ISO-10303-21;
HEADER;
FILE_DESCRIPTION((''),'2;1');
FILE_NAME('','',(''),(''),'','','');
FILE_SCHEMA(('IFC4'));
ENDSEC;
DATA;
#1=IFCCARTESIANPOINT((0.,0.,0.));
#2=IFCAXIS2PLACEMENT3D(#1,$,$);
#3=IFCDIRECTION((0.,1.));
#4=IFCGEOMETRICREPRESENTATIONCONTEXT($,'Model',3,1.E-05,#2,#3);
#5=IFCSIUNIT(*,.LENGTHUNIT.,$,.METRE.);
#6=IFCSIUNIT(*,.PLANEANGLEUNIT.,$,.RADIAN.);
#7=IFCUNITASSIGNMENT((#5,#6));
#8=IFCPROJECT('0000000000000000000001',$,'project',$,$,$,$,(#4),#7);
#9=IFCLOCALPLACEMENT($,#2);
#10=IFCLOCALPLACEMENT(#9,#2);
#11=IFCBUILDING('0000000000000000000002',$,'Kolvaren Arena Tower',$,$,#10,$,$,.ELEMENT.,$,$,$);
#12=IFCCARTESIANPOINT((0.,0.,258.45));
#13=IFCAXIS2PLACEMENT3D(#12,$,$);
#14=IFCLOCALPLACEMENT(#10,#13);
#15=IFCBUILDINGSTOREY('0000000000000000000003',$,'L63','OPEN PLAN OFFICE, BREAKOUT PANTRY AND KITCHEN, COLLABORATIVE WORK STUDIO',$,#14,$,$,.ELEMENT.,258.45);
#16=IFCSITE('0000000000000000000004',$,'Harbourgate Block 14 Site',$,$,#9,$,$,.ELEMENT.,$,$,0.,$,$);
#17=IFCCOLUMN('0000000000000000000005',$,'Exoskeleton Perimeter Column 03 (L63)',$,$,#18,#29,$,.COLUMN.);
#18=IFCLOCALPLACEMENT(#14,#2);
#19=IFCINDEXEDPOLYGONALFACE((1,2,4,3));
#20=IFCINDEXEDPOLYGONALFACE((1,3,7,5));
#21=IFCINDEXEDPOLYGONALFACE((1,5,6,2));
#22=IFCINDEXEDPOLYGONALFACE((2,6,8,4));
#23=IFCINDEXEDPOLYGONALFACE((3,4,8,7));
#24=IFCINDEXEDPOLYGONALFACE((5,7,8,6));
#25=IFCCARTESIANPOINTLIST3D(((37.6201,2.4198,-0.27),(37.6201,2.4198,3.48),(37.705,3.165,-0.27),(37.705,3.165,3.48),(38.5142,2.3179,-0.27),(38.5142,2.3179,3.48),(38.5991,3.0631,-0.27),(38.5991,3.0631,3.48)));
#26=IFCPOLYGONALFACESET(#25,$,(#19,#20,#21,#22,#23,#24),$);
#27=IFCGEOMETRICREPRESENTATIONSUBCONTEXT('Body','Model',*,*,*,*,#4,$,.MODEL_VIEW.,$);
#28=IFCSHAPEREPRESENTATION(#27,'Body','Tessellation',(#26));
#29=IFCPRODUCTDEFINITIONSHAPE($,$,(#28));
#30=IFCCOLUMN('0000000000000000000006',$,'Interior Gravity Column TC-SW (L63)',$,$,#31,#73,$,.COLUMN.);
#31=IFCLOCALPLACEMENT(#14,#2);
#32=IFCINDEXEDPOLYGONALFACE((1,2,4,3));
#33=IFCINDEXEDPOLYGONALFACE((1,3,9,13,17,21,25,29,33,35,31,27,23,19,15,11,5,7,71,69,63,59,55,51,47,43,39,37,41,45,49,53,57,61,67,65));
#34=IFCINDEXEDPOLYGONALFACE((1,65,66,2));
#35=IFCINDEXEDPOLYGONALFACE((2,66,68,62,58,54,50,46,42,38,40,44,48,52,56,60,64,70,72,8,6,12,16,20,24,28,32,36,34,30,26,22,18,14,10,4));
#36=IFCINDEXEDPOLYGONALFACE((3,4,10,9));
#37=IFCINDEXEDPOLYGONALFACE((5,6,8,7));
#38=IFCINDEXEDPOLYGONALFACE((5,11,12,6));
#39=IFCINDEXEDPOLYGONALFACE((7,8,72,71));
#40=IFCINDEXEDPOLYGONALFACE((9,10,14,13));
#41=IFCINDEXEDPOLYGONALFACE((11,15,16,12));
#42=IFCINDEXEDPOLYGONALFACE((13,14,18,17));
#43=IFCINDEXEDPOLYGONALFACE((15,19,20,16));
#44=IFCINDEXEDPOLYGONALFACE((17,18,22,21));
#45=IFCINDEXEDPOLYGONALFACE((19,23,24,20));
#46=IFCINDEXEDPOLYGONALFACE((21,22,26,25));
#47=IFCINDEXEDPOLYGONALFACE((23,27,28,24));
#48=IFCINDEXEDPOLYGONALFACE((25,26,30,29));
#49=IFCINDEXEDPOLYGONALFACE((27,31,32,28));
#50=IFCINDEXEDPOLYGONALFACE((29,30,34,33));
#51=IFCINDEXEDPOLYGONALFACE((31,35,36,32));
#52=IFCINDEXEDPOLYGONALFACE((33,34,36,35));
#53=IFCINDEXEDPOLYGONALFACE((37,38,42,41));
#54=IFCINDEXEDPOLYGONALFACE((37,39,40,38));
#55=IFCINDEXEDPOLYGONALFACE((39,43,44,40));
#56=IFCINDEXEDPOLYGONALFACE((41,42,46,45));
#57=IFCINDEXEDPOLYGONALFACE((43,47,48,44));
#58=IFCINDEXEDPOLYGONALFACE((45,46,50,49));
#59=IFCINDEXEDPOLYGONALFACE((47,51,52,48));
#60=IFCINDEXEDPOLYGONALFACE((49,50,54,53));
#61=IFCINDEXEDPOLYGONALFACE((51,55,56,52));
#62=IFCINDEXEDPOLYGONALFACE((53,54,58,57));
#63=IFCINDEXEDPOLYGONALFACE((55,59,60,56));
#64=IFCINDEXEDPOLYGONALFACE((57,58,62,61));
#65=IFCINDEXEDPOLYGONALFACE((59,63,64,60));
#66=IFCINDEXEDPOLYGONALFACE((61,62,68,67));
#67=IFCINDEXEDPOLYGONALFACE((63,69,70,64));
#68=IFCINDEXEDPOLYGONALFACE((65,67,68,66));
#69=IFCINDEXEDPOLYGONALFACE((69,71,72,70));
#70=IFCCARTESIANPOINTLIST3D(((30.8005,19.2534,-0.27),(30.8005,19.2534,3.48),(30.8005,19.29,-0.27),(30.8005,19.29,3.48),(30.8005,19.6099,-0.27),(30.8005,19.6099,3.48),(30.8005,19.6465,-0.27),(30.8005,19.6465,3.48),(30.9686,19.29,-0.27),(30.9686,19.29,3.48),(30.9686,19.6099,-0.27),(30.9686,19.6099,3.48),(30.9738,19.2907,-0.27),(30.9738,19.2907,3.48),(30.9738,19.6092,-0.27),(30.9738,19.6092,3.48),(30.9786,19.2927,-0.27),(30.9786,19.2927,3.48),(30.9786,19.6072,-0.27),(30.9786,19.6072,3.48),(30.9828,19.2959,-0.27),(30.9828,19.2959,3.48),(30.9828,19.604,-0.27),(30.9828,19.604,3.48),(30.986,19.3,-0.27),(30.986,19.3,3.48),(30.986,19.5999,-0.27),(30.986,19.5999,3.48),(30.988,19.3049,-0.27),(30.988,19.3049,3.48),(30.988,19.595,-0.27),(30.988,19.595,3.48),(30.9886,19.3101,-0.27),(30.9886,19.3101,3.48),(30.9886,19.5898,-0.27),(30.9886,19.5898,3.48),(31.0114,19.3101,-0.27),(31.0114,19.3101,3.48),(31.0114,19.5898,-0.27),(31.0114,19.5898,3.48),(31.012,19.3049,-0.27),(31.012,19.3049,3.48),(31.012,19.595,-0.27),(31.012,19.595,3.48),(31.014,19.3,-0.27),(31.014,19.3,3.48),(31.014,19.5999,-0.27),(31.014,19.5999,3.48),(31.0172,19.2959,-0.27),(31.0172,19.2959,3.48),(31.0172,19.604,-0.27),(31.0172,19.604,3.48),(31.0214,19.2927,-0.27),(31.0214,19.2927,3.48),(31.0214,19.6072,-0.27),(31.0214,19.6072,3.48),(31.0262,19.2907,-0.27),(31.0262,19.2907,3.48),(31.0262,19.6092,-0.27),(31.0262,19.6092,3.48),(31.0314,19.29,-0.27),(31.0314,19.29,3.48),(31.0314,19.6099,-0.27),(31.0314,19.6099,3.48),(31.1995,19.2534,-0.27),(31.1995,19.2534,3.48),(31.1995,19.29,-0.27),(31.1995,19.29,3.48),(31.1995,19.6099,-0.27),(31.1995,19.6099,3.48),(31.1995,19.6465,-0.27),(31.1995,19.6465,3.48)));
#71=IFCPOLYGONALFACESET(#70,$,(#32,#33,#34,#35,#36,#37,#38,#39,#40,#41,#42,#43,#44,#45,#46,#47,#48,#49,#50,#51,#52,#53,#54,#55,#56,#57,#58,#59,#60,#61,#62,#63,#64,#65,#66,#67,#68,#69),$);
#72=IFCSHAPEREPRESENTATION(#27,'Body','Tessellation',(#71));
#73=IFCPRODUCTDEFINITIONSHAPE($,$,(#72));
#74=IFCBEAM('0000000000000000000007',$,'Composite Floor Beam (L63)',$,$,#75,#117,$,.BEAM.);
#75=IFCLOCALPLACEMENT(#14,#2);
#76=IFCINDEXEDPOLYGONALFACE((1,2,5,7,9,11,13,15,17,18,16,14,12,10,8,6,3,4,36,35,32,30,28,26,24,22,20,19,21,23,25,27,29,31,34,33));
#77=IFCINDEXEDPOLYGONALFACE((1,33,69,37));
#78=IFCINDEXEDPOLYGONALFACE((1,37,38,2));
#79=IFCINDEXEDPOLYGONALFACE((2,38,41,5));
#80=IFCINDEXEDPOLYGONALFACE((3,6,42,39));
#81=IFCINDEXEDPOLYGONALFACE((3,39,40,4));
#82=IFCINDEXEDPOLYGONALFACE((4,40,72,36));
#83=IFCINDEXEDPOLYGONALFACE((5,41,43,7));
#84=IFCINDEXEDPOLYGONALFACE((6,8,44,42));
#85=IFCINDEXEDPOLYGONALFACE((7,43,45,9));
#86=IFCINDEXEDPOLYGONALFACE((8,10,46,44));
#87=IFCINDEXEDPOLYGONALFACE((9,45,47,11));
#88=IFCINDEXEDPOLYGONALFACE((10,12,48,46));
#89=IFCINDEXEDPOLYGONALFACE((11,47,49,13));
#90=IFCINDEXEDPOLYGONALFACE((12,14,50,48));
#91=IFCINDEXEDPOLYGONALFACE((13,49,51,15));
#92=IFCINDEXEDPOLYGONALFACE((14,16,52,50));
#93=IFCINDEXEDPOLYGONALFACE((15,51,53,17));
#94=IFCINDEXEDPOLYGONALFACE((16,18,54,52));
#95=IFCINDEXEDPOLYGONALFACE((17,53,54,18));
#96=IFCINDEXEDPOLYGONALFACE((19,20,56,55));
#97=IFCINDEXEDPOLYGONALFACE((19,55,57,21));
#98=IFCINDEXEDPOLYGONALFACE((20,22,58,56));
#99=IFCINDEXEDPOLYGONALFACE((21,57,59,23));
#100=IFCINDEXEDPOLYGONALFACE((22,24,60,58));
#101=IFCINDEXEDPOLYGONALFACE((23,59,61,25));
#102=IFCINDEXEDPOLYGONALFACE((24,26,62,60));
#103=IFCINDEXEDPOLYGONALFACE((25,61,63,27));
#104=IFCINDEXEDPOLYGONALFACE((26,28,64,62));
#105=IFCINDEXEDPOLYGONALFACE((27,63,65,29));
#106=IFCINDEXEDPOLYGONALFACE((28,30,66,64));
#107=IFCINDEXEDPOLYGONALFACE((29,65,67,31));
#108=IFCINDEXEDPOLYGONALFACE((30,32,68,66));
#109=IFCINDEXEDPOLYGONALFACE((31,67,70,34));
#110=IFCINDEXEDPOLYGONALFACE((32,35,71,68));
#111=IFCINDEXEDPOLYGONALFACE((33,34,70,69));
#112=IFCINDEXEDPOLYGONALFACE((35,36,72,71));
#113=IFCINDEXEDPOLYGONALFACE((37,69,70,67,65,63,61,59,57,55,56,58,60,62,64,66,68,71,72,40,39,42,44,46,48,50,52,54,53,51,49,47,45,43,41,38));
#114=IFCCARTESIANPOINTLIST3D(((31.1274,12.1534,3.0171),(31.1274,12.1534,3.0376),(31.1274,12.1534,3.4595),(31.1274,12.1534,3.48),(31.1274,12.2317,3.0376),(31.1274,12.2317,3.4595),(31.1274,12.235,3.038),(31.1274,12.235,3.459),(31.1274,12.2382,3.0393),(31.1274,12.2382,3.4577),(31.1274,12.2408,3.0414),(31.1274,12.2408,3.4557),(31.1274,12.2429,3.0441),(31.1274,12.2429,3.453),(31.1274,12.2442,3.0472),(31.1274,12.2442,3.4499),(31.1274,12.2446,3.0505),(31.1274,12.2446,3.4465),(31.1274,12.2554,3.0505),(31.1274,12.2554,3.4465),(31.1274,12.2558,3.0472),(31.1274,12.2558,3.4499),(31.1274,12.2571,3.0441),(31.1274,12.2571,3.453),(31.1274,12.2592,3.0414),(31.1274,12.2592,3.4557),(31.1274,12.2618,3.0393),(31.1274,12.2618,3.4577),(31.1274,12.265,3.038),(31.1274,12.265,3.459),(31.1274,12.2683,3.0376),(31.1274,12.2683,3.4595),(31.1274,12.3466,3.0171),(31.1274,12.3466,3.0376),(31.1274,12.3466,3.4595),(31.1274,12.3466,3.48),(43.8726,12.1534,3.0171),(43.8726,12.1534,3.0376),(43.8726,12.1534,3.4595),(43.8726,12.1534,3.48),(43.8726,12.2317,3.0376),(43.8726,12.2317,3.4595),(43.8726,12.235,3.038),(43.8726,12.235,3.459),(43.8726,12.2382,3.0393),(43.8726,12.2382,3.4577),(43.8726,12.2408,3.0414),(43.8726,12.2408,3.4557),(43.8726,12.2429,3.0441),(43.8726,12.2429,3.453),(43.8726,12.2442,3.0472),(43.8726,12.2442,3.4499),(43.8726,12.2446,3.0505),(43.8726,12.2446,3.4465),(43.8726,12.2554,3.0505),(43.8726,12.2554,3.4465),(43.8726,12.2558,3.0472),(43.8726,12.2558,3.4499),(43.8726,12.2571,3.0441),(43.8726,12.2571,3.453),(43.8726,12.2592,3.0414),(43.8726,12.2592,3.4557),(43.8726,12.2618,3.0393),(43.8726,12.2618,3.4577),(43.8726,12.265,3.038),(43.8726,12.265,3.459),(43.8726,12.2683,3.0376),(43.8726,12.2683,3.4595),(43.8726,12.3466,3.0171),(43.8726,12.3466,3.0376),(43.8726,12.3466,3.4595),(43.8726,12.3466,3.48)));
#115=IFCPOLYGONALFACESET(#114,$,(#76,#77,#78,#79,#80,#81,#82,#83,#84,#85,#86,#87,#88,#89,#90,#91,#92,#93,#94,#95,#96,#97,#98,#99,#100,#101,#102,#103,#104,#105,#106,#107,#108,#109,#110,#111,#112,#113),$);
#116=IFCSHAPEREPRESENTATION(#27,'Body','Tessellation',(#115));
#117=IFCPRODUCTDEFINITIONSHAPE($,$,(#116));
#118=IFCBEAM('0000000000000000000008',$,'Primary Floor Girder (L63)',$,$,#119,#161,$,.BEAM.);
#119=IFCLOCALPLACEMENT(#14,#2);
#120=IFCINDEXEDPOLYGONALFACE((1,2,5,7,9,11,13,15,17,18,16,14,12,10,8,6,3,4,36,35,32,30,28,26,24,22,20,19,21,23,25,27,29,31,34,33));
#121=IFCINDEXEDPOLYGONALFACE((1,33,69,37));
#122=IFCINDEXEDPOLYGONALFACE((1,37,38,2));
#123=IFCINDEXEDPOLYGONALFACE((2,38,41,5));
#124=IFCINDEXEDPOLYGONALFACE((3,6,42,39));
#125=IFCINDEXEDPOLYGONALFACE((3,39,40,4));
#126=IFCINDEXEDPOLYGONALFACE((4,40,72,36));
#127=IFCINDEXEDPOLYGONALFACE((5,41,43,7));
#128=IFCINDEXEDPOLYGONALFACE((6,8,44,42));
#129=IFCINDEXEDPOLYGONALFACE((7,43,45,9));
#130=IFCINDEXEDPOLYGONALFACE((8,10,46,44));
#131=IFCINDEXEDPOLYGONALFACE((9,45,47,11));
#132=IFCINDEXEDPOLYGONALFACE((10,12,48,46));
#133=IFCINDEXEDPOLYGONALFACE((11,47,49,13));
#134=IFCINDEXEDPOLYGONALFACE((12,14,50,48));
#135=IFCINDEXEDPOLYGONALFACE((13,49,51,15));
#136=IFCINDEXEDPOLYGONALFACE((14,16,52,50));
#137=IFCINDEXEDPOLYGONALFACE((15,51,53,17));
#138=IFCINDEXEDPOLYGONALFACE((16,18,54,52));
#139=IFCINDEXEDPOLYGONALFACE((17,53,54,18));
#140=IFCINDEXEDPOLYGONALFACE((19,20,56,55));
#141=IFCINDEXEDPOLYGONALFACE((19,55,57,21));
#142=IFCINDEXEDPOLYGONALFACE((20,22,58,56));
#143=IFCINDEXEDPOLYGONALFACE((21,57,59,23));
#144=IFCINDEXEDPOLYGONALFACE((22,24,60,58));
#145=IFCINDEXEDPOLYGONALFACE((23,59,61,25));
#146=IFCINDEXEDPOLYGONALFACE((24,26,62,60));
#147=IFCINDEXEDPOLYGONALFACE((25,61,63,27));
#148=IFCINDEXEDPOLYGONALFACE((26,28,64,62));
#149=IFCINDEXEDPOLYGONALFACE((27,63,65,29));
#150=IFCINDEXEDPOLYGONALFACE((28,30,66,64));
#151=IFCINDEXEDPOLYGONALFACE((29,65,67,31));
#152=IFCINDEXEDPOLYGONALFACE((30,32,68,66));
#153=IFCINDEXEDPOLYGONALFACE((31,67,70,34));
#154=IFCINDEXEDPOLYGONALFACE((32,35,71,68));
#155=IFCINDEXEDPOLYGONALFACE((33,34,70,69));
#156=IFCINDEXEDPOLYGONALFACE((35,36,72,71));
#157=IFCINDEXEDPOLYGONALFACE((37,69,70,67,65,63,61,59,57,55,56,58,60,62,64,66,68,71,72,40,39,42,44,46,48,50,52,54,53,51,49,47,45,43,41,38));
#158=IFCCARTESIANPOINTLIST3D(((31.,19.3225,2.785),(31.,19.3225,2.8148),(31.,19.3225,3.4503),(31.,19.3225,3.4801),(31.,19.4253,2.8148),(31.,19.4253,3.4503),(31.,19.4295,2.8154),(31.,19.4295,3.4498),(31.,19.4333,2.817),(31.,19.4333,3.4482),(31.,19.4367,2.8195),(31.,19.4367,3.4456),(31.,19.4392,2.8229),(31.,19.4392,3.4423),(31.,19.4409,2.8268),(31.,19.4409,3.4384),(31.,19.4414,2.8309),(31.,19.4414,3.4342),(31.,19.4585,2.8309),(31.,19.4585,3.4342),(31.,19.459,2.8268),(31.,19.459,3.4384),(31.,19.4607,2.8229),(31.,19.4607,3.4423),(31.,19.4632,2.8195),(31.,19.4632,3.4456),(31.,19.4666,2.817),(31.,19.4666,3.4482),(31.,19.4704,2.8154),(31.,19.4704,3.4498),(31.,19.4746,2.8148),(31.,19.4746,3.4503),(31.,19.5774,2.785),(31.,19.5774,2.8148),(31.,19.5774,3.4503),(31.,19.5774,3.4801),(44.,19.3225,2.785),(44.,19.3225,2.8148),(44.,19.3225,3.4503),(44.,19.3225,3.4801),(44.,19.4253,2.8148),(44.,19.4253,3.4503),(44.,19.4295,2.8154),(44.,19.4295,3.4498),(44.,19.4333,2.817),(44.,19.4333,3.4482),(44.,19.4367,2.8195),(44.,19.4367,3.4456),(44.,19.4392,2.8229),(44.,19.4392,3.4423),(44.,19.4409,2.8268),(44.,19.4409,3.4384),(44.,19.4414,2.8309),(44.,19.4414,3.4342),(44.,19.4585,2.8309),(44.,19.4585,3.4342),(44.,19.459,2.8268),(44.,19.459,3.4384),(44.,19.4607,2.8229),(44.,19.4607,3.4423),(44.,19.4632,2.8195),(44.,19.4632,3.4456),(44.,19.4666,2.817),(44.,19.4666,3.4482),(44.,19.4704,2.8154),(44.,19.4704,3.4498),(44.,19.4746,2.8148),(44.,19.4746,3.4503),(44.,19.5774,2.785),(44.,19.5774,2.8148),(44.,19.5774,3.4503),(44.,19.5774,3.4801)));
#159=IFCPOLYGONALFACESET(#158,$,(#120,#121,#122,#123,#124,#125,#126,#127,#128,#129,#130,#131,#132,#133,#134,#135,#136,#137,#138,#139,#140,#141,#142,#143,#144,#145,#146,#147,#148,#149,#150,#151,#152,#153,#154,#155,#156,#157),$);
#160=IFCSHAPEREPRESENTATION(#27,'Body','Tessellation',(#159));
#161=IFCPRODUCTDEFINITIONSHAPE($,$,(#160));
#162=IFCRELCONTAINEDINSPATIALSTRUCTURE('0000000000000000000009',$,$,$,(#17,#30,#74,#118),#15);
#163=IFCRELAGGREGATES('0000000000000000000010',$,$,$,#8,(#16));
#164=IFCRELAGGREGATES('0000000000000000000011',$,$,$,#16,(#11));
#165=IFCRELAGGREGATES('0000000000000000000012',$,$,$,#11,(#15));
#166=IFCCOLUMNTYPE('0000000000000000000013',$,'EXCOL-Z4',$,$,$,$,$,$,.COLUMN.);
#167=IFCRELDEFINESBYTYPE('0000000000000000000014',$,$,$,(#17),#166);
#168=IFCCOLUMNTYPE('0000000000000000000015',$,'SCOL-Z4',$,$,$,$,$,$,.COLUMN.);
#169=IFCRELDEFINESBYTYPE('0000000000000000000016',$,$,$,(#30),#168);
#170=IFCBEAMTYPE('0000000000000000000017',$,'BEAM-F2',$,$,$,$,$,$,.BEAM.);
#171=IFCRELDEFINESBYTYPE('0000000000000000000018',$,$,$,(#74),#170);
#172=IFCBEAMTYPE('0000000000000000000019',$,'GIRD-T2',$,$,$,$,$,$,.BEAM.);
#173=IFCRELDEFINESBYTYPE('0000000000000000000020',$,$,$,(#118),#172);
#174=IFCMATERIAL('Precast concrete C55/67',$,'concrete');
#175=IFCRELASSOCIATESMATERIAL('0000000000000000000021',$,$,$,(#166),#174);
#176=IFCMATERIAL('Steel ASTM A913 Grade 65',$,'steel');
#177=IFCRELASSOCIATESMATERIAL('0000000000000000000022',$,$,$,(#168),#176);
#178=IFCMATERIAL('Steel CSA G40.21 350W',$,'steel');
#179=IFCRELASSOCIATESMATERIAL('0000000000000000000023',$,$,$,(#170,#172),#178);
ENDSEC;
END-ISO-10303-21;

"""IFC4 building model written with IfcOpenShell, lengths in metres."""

from ifc_helpers import new_model, si_unit, direction, frame, origin, origin_2d, place, context, subcontext, project, spatial, rectangle, i_section, extrude, material, material_profile, profile_set, type_object, element, save


model = new_model("IFC4")

# Units and contexts
model_context = context("Model", 3, precision=1e-05, world=origin(), true_north=direction((0.0, 1.0)))
body_context = subcontext(model_context, "Body", "Model", "MODEL_VIEW")
ifc_project = project(units=[si_unit("LENGTHUNIT", "METRE"), si_unit("PLANEANGLEUNIT", "RADIAN")], contexts=[model_context])

# Site, building, storey
site_placement = place(None, origin())
site = spatial("IfcSite", under=ifc_project, at=site_placement, Name="Harbourgate Block 14 Site", CompositionType="ELEMENT", RefElevation=0.0)
building_placement = place(site_placement, origin())
building = spatial("IfcBuilding", under=site, at=building_placement, Name="Kolvaren Arena Tower", CompositionType="ELEMENT")
storey_placement = place(building_placement, frame((0.0, 0.0, 258.45)))
storey = spatial("IfcBuildingStorey", under=building, at=storey_placement, Name="L63", Description="OPEN PLAN OFFICE, BREAKOUT PANTRY AND KITCHEN, COLLABORATIVE WORK STUDIO", CompositionType="ELEMENT", Elevation=258.45)

# Columns
ifc_material_1 = material(Name="Precast concrete C55/67", Category="concrete")
ifc_material_profile_1 = material_profile(ifc_material_1, rectangle(XDim=0.8999, YDim=0.75, at=origin_2d()), Name="RC-900x750")
ifc_profile_set_1 = profile_set([ifc_material_profile_1], Name="Precast concrete C55/67")
column_type_1 = type_object("IfcColumnType", Name="EXCOL-Z4", PredefinedType="COLUMN", material=ifc_profile_set_1)
column_1_placement = place(storey_placement, frame((38.1096, 2.7415, -0.27), z_axis=(0.0, 0.0, 1.0), x_axis=(0.993572, -0.113203, 0.0)))
element("IfcColumn", 1, at=column_1_placement, inside=storey, type_object=column_type_1, Name="Exoskeleton Perimeter Column 03 (L63)", PredefinedType="COLUMN", context=body_context, shape_type="SweptSolid", body=[
    extrude(rectangle(XDim=0.8999, YDim=0.75, at=origin_2d()), origin(), (0.0, 0.0, 1.0), 3.75),
])
ifc_material_2 = material(Name="Steel ASTM A913 Grade 65", Category="steel")
ifc_material_profile_2 = material_profile(ifc_material_2, i_section(OverallWidth=0.3989, OverallDepth=0.3931, WebThickness=0.0227, FlangeThickness=0.0366, FilletRadius=0.02, at=origin_2d()), Name="W360x287")
ifc_profile_set_2 = profile_set([ifc_material_profile_2], Name="Steel ASTM A913 Grade 65")
column_type_2 = type_object("IfcColumnType", Name="SCOL-Z4", PredefinedType="COLUMN", material=ifc_profile_set_2)
column_2_placement = place(storey_placement, frame((31.0, 19.45, -0.27), z_axis=(0.0, 0.0, 1.0), x_axis=(1.0, 0.0, 0.0)))
element("IfcColumn", 2, at=column_2_placement, inside=storey, type_object=column_type_2, Name="Interior Gravity Column TC-SW (L63)", PredefinedType="COLUMN", context=body_context, shape_type="SweptSolid", body=[
    extrude(i_section(OverallWidth=0.3989, OverallDepth=0.3931, WebThickness=0.0227, FlangeThickness=0.0366, FilletRadius=0.02, at=origin_2d()), origin(), (0.0, 0.0, 1.0), 3.75),
])

# Beams
ifc_material_3 = material(Name="Steel CSA G40.21 350W", Category="steel")
ifc_material_profile_3 = material_profile(ifc_material_3, i_section(OverallWidth=0.1931, OverallDepth=0.4629, WebThickness=0.0107, FlangeThickness=0.0205, FilletRadius=0.0129, at=origin_2d()), Name="W460x113")
ifc_profile_set_3 = profile_set([ifc_material_profile_3], Name="Steel CSA G40.21 350W")
beam_type_1 = type_object("IfcBeamType", Name="BEAM-F2", PredefinedType="BEAM", material=ifc_profile_set_3)
beam_1_placement = place(storey_placement, frame((31.1274, 12.25, 3.2485), z_axis=(1.0, 0.0, 0.0), x_axis=(0.0, 1.0, 0.0)))
element("IfcBeam", 3, at=beam_1_placement, inside=storey, type_object=beam_type_1, Name="Composite Floor Beam (L63)", PredefinedType="BEAM", context=body_context, shape_type="SweptSolid", body=[
    extrude(i_section(OverallWidth=0.1931, OverallDepth=0.4629, WebThickness=0.0107, FlangeThickness=0.0205, FilletRadius=0.0129, at=origin_2d()), origin(), (0.0, 0.0, 1.0), 12.7451),
])
ifc_material_profile_4 = material_profile(ifc_material_3, i_section(OverallWidth=0.2549, OverallDepth=0.6951, WebThickness=0.0171, FlangeThickness=0.0298, FilletRadius=0.0161, at=origin_2d()), Name="W690x217")
ifc_profile_set_4 = profile_set([ifc_material_profile_4], Name="Steel CSA G40.21 350W")
beam_type_2 = type_object("IfcBeamType", Name="GIRD-T2", PredefinedType="BEAM", material=ifc_profile_set_4)
beam_2_placement = place(storey_placement, frame((31.0, 19.45, 3.1326), z_axis=(1.0, 0.0, 0.0), x_axis=(0.0, 1.0, 0.0)))
element("IfcBeam", 4, at=beam_2_placement, inside=storey, type_object=beam_type_2, Name="Primary Floor Girder (L63)", PredefinedType="BEAM", context=body_context, shape_type="SweptSolid", body=[
    extrude(i_section(OverallWidth=0.2549, OverallDepth=0.6951, WebThickness=0.0171, FlangeThickness=0.0298, FilletRadius=0.0161, at=origin_2d()), origin(), (0.0, 0.0, 1.0), 13.0),
])

save(model, "model.ifc")
